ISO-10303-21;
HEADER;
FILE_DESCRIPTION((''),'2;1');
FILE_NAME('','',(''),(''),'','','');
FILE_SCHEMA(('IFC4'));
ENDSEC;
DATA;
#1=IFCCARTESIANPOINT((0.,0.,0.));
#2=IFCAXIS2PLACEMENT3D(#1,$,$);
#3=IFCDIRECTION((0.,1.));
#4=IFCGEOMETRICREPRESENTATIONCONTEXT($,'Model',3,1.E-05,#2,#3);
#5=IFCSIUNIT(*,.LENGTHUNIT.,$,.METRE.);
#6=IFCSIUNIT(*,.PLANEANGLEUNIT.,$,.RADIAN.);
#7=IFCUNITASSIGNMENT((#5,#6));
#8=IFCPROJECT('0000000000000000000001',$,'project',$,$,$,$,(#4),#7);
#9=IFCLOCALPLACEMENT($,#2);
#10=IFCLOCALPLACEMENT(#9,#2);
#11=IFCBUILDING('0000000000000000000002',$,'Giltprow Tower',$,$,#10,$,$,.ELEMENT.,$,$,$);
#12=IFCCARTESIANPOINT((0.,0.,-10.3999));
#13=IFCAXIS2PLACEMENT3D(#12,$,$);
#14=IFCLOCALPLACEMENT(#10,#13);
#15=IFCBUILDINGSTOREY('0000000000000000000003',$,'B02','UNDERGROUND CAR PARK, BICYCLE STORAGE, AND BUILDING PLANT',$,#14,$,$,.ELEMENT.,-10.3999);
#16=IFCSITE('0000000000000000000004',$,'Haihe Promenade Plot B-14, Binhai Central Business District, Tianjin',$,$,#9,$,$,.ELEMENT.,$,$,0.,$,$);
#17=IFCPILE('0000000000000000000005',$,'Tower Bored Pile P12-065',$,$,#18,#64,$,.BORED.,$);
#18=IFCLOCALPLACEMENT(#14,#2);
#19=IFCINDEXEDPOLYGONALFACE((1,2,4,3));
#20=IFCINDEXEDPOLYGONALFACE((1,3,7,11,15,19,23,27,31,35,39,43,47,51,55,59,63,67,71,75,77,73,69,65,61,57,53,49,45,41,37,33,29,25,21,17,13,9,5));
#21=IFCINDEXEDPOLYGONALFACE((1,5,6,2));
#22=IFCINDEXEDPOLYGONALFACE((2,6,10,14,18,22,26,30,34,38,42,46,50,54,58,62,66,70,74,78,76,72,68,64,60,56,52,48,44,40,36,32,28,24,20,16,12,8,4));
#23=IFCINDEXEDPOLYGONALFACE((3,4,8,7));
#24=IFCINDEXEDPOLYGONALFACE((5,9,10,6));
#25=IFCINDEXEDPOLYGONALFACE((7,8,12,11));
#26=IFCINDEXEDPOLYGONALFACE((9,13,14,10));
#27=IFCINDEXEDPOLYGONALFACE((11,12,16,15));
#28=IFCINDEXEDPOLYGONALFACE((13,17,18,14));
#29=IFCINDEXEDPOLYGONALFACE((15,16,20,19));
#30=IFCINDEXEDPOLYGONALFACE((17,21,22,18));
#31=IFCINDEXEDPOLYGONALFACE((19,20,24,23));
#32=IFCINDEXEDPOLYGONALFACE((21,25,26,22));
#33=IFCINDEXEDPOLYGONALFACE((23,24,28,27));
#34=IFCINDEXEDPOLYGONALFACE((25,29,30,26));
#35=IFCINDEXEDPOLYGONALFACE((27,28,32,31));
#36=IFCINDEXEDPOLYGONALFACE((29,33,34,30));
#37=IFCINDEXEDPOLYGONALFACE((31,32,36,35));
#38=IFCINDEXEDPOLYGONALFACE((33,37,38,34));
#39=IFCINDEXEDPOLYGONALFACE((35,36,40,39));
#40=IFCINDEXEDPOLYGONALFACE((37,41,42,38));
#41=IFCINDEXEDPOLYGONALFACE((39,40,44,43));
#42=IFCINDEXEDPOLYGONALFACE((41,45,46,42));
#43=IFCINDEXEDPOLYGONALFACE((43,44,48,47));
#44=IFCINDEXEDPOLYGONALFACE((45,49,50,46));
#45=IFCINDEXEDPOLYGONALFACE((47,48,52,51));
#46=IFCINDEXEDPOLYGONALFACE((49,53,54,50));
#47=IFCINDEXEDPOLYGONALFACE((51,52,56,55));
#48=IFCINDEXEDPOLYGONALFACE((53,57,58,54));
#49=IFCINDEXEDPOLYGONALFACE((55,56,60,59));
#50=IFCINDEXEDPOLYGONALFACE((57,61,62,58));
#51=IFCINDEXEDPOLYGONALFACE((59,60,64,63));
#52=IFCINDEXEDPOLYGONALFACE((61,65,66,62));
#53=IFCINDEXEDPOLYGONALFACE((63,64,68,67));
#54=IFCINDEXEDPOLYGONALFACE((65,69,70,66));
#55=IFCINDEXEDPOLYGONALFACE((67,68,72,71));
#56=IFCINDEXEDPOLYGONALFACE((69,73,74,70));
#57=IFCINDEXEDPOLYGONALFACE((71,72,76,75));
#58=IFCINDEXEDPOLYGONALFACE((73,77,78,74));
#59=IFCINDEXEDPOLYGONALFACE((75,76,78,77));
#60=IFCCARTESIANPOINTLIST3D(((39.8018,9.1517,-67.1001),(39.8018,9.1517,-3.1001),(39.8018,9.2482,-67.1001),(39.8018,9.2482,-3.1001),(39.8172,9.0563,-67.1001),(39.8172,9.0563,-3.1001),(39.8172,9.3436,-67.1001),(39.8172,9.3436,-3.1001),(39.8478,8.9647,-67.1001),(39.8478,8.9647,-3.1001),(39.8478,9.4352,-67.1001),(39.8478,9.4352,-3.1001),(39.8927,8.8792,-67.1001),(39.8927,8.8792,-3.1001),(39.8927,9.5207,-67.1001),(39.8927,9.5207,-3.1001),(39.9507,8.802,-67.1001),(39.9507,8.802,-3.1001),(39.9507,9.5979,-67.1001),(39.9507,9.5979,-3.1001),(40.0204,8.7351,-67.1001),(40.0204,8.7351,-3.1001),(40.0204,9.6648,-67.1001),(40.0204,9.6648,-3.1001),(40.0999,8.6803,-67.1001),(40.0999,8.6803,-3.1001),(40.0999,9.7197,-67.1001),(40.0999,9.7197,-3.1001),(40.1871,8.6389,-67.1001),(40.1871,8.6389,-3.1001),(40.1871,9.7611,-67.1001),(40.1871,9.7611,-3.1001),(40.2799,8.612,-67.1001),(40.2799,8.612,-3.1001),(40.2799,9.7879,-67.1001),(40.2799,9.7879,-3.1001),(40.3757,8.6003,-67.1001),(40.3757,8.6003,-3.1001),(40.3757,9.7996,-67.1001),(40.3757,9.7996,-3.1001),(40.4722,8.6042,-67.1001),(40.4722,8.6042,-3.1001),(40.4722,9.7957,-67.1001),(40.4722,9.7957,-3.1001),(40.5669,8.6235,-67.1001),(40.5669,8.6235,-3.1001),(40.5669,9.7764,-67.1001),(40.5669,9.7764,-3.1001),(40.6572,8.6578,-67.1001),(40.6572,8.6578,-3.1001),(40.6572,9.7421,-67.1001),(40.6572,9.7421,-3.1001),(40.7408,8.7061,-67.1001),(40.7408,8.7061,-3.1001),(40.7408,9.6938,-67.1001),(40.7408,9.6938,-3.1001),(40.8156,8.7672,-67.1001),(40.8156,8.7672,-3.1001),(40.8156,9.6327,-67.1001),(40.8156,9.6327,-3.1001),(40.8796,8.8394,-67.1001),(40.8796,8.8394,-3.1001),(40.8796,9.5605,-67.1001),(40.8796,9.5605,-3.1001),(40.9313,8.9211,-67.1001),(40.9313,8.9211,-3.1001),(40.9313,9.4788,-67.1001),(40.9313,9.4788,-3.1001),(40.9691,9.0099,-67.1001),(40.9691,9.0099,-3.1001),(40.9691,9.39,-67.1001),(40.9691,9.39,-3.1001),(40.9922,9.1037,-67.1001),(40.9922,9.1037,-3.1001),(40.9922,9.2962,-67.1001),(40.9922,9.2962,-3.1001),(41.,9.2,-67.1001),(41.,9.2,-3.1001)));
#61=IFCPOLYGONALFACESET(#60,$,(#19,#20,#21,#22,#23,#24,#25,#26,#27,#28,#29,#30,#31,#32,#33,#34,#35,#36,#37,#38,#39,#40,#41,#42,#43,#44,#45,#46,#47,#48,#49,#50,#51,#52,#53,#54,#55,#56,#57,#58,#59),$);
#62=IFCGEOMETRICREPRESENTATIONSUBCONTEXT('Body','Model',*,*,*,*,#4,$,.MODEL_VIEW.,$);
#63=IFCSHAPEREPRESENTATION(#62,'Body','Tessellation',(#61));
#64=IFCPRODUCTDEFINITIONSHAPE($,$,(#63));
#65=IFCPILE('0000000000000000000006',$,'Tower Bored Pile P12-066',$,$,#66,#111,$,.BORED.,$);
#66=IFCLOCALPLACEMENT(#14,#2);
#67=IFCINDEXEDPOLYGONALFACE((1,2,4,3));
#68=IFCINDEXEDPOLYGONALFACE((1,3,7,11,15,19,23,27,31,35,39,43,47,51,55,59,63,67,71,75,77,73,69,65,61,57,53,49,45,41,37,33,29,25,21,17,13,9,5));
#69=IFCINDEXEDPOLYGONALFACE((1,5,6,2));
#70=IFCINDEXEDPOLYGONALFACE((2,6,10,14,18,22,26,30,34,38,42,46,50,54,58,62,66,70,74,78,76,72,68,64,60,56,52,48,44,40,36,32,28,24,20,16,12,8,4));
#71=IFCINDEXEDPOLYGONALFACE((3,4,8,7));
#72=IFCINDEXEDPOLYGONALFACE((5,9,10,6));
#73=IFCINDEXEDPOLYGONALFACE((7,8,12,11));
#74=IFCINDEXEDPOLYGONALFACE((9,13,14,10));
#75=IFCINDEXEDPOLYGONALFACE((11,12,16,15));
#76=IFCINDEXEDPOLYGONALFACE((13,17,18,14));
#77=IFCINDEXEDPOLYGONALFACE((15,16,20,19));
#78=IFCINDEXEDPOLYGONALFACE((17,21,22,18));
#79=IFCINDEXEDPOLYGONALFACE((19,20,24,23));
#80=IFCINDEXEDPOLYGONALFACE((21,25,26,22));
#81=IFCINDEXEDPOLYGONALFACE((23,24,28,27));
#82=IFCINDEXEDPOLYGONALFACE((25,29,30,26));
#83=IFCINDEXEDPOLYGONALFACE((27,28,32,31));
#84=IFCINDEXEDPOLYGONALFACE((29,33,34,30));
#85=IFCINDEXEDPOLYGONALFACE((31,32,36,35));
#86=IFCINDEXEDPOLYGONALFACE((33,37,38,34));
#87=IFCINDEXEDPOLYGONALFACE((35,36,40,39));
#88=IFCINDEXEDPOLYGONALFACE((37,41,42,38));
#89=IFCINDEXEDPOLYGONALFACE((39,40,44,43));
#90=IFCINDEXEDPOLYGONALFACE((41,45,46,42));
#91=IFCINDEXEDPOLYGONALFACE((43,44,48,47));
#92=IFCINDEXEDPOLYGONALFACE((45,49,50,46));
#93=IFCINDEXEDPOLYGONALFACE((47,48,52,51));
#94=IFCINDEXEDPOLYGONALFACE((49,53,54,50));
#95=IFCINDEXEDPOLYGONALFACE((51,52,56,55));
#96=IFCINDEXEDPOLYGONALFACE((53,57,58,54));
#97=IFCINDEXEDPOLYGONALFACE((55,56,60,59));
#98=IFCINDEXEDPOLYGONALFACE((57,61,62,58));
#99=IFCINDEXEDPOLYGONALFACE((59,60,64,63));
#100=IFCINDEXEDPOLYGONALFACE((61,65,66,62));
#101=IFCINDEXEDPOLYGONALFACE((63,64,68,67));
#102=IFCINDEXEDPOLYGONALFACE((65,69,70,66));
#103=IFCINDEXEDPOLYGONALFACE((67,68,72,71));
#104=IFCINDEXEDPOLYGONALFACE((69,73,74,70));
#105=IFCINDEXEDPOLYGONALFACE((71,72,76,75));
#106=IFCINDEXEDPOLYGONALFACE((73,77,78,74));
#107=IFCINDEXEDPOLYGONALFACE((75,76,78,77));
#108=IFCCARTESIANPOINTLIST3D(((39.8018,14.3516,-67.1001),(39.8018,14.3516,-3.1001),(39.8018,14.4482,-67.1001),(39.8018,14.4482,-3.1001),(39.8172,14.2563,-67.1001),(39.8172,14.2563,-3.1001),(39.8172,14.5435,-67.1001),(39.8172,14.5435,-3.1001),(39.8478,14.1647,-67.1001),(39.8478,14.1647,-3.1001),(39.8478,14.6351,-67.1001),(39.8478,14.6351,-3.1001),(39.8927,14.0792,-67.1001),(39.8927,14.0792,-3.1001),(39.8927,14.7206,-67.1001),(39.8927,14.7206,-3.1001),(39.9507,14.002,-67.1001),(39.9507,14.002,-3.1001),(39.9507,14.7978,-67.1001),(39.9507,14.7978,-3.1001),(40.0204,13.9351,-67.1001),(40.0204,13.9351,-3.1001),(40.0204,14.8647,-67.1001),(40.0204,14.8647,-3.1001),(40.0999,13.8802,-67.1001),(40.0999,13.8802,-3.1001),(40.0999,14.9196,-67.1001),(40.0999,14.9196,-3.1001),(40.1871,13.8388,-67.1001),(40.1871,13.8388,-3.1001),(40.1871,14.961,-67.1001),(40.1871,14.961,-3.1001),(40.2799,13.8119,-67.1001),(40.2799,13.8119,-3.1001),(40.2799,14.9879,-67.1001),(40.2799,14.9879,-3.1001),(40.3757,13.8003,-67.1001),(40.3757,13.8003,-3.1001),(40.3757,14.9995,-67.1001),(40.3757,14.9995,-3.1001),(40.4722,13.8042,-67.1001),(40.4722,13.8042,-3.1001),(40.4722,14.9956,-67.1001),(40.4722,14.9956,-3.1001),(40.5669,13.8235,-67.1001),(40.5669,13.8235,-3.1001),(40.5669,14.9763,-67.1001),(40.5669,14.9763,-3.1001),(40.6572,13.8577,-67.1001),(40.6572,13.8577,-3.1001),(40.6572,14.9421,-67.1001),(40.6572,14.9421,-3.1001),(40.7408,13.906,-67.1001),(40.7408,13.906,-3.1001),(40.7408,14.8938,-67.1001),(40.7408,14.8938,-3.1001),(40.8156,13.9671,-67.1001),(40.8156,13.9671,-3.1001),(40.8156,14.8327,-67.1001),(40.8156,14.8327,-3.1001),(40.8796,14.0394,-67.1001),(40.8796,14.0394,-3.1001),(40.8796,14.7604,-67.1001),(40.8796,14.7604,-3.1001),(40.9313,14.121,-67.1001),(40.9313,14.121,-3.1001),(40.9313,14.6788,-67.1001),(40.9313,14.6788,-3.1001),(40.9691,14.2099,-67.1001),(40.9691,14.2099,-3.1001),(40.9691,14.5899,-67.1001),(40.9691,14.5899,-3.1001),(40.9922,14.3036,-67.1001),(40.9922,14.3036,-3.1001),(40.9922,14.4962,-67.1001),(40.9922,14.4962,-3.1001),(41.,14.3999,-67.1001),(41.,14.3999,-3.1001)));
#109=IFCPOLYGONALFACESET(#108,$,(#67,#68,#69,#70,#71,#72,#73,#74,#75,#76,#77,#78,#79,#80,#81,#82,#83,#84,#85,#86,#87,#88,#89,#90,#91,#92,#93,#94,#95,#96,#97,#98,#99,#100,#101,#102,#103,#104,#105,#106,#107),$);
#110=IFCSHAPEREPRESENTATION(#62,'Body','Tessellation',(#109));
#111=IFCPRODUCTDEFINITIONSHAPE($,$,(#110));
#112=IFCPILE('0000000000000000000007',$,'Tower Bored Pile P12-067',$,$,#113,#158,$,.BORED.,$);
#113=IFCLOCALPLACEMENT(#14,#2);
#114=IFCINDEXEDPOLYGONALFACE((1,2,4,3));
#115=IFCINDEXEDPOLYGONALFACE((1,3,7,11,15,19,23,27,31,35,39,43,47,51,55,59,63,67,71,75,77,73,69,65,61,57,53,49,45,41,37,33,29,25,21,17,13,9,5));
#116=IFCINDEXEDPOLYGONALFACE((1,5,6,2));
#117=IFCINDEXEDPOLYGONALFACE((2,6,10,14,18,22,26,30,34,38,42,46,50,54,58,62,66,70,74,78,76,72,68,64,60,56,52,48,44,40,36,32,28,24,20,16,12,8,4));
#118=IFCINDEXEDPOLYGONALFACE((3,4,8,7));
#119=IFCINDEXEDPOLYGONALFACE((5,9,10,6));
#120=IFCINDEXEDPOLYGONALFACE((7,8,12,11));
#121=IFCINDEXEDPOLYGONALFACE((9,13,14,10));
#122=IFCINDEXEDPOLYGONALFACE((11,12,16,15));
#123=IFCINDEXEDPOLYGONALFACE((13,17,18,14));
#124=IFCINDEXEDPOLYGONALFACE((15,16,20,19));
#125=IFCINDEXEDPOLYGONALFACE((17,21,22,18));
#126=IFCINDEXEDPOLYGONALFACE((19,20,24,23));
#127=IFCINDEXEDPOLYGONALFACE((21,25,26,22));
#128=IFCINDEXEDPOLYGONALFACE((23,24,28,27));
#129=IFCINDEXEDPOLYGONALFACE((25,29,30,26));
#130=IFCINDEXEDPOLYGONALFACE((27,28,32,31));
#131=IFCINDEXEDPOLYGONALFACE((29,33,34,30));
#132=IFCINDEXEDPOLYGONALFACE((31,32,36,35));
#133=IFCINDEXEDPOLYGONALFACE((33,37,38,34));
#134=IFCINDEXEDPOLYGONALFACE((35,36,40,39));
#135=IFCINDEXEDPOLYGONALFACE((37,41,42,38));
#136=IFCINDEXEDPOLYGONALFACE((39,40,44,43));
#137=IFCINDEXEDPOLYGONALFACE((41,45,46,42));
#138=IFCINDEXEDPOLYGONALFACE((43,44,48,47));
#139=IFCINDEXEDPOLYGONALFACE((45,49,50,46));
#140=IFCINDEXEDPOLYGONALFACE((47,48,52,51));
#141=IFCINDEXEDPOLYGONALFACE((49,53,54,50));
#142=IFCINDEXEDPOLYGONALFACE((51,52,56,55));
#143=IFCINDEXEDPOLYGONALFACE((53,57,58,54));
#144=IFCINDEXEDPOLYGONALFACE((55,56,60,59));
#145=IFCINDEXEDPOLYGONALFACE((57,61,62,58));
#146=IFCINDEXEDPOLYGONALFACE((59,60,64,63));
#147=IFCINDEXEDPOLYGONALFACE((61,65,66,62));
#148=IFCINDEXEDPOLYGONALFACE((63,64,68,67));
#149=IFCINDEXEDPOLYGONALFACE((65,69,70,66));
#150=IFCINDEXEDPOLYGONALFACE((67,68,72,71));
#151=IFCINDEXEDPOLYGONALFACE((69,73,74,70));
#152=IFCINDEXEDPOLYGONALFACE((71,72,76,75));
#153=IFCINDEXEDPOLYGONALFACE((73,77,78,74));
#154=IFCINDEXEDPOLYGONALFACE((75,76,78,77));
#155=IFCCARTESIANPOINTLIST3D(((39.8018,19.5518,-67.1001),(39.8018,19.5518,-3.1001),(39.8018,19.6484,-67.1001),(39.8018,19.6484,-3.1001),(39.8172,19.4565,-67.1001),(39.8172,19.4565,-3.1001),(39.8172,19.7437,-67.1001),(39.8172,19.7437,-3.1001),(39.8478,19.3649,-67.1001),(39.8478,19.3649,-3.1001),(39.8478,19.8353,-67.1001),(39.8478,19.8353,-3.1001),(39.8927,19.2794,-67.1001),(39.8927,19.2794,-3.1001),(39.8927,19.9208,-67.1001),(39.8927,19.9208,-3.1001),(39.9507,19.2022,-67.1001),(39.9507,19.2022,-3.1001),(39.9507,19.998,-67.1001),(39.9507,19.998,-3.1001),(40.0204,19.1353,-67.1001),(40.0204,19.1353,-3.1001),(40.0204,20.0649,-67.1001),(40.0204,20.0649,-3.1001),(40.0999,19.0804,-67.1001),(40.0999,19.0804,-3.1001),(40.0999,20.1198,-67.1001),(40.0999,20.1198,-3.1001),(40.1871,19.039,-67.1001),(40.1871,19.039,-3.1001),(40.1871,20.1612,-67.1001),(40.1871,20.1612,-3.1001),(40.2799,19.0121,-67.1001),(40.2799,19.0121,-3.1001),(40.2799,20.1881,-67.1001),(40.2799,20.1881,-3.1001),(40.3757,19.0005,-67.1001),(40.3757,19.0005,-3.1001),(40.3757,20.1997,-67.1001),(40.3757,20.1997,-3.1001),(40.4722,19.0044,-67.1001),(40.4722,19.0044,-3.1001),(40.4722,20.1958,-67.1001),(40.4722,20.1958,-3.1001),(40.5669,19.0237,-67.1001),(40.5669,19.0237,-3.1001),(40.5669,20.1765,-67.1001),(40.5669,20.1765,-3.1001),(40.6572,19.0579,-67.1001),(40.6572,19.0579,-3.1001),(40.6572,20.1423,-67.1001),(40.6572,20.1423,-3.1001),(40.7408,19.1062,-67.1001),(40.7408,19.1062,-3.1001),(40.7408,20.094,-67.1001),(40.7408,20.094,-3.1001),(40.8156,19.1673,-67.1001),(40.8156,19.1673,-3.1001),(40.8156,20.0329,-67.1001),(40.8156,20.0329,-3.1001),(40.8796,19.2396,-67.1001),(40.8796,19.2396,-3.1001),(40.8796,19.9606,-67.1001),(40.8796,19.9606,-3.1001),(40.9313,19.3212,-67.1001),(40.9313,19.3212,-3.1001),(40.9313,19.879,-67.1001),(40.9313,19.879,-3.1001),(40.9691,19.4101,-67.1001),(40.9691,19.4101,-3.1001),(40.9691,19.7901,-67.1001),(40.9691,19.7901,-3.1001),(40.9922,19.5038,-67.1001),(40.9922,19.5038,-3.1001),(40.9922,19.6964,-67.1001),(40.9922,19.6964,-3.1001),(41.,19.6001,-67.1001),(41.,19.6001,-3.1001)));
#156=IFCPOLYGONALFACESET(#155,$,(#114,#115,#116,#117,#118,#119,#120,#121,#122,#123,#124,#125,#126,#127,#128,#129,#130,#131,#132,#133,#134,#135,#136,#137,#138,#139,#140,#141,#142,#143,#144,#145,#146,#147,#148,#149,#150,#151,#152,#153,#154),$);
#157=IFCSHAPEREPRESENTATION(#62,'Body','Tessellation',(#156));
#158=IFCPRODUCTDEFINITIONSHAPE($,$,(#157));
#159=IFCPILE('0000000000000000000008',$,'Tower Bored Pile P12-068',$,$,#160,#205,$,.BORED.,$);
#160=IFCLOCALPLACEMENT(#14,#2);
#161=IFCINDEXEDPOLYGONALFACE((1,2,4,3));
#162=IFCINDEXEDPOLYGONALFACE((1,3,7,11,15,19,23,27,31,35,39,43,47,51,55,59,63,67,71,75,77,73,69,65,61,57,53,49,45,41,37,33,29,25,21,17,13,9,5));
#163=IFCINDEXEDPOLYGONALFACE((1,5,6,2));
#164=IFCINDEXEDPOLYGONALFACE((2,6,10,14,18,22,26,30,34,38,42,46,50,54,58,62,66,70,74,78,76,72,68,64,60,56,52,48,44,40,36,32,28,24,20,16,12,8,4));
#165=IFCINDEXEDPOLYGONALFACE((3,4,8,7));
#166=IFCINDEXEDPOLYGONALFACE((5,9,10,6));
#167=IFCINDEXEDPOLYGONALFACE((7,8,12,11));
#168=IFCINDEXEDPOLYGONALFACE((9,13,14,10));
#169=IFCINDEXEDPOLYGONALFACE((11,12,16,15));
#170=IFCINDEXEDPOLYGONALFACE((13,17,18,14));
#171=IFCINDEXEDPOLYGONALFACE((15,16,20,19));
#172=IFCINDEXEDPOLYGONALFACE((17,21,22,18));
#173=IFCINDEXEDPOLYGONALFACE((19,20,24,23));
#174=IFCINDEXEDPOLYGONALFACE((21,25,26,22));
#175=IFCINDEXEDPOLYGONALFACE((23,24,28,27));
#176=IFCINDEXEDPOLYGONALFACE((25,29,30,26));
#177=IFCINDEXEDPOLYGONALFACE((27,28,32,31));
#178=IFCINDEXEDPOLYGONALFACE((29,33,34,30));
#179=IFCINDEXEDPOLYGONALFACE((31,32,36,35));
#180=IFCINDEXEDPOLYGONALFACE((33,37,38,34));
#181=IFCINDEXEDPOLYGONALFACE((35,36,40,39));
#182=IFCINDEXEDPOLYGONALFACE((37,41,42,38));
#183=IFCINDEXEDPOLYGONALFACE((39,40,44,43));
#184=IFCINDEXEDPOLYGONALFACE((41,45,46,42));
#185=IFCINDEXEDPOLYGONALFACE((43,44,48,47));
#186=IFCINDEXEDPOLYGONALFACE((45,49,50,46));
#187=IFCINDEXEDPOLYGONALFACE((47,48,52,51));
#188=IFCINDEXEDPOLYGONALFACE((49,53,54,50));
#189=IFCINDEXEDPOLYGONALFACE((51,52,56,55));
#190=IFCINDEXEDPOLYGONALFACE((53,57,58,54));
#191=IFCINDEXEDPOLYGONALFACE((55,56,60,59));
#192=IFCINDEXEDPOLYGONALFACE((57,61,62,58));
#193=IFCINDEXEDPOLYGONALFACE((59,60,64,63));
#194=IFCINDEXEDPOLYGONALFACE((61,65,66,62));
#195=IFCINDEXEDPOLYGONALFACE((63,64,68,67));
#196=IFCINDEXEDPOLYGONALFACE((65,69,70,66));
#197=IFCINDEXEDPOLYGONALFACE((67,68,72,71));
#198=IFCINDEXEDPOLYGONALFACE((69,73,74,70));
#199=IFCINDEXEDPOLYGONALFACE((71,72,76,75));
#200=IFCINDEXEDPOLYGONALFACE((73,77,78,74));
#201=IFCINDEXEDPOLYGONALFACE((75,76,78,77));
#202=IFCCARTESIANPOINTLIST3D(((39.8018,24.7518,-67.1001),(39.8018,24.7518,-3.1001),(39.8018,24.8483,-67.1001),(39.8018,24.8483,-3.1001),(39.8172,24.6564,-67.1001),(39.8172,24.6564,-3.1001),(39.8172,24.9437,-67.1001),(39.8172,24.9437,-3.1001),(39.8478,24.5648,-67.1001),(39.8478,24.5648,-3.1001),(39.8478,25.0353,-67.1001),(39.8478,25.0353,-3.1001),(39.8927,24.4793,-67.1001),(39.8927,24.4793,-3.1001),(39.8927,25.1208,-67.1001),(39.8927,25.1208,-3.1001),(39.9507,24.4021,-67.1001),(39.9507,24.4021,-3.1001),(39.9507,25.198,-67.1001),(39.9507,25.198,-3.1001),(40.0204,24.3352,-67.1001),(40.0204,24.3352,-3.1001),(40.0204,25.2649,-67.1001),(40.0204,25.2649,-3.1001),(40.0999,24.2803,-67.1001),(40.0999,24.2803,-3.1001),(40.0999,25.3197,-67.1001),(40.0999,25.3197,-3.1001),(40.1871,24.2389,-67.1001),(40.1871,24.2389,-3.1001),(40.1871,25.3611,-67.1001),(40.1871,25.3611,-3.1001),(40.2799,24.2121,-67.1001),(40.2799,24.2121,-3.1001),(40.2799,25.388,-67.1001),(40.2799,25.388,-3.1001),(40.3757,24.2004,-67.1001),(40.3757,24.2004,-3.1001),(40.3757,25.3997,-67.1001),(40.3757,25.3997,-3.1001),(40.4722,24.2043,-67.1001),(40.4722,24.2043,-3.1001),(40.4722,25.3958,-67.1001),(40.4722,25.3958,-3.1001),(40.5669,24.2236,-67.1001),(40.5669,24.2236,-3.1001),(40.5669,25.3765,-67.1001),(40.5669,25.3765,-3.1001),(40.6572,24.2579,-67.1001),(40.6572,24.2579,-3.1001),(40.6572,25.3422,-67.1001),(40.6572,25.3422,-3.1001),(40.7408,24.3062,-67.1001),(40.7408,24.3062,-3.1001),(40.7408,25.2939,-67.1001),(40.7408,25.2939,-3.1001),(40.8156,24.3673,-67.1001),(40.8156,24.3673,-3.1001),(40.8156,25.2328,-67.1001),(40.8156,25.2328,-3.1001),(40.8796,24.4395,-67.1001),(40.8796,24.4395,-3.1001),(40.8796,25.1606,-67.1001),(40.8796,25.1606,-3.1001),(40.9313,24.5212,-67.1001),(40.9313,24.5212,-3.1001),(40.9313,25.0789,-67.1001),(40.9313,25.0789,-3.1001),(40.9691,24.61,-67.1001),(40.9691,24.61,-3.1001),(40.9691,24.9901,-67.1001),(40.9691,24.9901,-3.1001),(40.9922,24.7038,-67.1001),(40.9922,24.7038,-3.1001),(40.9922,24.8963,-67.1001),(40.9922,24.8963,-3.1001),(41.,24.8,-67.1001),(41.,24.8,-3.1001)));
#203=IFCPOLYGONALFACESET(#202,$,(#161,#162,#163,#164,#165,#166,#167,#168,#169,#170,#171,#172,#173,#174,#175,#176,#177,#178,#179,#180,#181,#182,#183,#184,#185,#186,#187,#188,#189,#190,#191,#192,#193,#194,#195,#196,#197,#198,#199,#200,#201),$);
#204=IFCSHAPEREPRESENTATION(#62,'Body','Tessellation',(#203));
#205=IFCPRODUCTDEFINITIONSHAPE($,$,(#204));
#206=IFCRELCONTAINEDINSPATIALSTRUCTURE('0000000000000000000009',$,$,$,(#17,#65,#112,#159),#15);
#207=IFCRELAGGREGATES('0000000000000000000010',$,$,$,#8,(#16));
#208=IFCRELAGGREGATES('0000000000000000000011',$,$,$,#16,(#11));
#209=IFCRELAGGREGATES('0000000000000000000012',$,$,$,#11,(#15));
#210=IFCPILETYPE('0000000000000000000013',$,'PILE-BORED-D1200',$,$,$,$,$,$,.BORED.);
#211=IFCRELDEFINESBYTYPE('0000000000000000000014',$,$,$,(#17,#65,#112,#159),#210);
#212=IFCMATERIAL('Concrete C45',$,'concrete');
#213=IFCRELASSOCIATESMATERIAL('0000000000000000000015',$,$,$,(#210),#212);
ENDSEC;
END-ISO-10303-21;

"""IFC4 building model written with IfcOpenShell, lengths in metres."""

from ifc_helpers import new_model, si_unit, direction, frame, origin, origin_2d, place, context, subcontext, project, spatial, circle, extrude, source, transform, mapped, material, material_profile, profile_set, type_object, element, save


model = new_model("IFC4")

# Units and contexts
model_context = context("Model", 3, precision=1e-05, world=origin(), true_north=direction((0.0, 1.0)))
body_context = subcontext(model_context, "Body", "Model", "MODEL_VIEW")
ifc_project = project(units=[si_unit("LENGTHUNIT", "METRE"), si_unit("PLANEANGLEUNIT", "RADIAN")], contexts=[model_context])

# Site, building, storey
site_placement = place(None, origin())
site = spatial("IfcSite", under=ifc_project, at=site_placement, Name="Haihe Promenade Plot B-14, Binhai Central Business District, Tianjin", CompositionType="ELEMENT", RefElevation=0.0)
building_placement = place(site_placement, origin())
building = spatial("IfcBuilding", under=site, at=building_placement, Name="Giltprow Tower", CompositionType="ELEMENT")
storey_placement = place(building_placement, frame((0.0, 0.0, -10.3999)))
storey = spatial("IfcBuildingStorey", under=building, at=storey_placement, Name="B02", Description="UNDERGROUND CAR PARK, BICYCLE STORAGE, AND BUILDING PLANT", CompositionType="ELEMENT", Elevation=-10.3999)

# Shared definitions
ifc_material_1 = material(Name="Concrete C45", Category="concrete")

# Piles
ifc_material_profile_1 = material_profile(ifc_material_1, circle(Radius=0.6001, at=origin_2d()), Name="PILE D1200")
ifc_profile_set_1 = profile_set([ifc_material_profile_1], Name="Concrete C45")
pile_type = type_object("IfcPileType", Name="PILE-BORED-D1200", PredefinedType="BORED", material=ifc_profile_set_1)
shared_shape_1 = source(origin(), body_context, "Body", "SweptSolid", [
    extrude(circle(Radius=0.6001, at=origin_2d()), origin(), (0.0, 0.0, 1.0), 64.0),
])
for number, where, z_axis, x_axis, name in (
    (1, (40.3999, 9.2, -3.1001), (0.0, 0.0, -1.0), (1.0, 0.0, 0.0), "Tower Bored Pile P12-065"),
    (2, (40.3999, 14.3999, -3.1001), (0.0, 0.0, -1.0), (1.0, 0.0, 0.0), "Tower Bored Pile P12-066"),
    (3, (40.3999, 19.6001, -3.1001), (0.0, 0.0, -1.0), (1.0, 0.0, 0.0), "Tower Bored Pile P12-067"),
    (4, (40.3999, 24.8, -3.1001), (0.0, 0.0, -1.0), (1.0, 0.0, 0.0), "Tower Bored Pile P12-068"),
):
    element("IfcPile", number, at=place(storey_placement, frame(where, z_axis=z_axis, x_axis=x_axis)), inside=storey, type_object=pile_type, Name=name, PredefinedType="BORED", context=body_context, shape_type="MappedRepresentation", body=[
        mapped(shared_shape_1, transform((0.0, 0.0, 0.0), x_axis=(1.0, 0.0, 0.0), y_axis=(0.0, 1.0, 0.0), z_axis=(0.0, 0.0, 1.0), scale=1.0)),
    ])

save(model, "model.ifc")
